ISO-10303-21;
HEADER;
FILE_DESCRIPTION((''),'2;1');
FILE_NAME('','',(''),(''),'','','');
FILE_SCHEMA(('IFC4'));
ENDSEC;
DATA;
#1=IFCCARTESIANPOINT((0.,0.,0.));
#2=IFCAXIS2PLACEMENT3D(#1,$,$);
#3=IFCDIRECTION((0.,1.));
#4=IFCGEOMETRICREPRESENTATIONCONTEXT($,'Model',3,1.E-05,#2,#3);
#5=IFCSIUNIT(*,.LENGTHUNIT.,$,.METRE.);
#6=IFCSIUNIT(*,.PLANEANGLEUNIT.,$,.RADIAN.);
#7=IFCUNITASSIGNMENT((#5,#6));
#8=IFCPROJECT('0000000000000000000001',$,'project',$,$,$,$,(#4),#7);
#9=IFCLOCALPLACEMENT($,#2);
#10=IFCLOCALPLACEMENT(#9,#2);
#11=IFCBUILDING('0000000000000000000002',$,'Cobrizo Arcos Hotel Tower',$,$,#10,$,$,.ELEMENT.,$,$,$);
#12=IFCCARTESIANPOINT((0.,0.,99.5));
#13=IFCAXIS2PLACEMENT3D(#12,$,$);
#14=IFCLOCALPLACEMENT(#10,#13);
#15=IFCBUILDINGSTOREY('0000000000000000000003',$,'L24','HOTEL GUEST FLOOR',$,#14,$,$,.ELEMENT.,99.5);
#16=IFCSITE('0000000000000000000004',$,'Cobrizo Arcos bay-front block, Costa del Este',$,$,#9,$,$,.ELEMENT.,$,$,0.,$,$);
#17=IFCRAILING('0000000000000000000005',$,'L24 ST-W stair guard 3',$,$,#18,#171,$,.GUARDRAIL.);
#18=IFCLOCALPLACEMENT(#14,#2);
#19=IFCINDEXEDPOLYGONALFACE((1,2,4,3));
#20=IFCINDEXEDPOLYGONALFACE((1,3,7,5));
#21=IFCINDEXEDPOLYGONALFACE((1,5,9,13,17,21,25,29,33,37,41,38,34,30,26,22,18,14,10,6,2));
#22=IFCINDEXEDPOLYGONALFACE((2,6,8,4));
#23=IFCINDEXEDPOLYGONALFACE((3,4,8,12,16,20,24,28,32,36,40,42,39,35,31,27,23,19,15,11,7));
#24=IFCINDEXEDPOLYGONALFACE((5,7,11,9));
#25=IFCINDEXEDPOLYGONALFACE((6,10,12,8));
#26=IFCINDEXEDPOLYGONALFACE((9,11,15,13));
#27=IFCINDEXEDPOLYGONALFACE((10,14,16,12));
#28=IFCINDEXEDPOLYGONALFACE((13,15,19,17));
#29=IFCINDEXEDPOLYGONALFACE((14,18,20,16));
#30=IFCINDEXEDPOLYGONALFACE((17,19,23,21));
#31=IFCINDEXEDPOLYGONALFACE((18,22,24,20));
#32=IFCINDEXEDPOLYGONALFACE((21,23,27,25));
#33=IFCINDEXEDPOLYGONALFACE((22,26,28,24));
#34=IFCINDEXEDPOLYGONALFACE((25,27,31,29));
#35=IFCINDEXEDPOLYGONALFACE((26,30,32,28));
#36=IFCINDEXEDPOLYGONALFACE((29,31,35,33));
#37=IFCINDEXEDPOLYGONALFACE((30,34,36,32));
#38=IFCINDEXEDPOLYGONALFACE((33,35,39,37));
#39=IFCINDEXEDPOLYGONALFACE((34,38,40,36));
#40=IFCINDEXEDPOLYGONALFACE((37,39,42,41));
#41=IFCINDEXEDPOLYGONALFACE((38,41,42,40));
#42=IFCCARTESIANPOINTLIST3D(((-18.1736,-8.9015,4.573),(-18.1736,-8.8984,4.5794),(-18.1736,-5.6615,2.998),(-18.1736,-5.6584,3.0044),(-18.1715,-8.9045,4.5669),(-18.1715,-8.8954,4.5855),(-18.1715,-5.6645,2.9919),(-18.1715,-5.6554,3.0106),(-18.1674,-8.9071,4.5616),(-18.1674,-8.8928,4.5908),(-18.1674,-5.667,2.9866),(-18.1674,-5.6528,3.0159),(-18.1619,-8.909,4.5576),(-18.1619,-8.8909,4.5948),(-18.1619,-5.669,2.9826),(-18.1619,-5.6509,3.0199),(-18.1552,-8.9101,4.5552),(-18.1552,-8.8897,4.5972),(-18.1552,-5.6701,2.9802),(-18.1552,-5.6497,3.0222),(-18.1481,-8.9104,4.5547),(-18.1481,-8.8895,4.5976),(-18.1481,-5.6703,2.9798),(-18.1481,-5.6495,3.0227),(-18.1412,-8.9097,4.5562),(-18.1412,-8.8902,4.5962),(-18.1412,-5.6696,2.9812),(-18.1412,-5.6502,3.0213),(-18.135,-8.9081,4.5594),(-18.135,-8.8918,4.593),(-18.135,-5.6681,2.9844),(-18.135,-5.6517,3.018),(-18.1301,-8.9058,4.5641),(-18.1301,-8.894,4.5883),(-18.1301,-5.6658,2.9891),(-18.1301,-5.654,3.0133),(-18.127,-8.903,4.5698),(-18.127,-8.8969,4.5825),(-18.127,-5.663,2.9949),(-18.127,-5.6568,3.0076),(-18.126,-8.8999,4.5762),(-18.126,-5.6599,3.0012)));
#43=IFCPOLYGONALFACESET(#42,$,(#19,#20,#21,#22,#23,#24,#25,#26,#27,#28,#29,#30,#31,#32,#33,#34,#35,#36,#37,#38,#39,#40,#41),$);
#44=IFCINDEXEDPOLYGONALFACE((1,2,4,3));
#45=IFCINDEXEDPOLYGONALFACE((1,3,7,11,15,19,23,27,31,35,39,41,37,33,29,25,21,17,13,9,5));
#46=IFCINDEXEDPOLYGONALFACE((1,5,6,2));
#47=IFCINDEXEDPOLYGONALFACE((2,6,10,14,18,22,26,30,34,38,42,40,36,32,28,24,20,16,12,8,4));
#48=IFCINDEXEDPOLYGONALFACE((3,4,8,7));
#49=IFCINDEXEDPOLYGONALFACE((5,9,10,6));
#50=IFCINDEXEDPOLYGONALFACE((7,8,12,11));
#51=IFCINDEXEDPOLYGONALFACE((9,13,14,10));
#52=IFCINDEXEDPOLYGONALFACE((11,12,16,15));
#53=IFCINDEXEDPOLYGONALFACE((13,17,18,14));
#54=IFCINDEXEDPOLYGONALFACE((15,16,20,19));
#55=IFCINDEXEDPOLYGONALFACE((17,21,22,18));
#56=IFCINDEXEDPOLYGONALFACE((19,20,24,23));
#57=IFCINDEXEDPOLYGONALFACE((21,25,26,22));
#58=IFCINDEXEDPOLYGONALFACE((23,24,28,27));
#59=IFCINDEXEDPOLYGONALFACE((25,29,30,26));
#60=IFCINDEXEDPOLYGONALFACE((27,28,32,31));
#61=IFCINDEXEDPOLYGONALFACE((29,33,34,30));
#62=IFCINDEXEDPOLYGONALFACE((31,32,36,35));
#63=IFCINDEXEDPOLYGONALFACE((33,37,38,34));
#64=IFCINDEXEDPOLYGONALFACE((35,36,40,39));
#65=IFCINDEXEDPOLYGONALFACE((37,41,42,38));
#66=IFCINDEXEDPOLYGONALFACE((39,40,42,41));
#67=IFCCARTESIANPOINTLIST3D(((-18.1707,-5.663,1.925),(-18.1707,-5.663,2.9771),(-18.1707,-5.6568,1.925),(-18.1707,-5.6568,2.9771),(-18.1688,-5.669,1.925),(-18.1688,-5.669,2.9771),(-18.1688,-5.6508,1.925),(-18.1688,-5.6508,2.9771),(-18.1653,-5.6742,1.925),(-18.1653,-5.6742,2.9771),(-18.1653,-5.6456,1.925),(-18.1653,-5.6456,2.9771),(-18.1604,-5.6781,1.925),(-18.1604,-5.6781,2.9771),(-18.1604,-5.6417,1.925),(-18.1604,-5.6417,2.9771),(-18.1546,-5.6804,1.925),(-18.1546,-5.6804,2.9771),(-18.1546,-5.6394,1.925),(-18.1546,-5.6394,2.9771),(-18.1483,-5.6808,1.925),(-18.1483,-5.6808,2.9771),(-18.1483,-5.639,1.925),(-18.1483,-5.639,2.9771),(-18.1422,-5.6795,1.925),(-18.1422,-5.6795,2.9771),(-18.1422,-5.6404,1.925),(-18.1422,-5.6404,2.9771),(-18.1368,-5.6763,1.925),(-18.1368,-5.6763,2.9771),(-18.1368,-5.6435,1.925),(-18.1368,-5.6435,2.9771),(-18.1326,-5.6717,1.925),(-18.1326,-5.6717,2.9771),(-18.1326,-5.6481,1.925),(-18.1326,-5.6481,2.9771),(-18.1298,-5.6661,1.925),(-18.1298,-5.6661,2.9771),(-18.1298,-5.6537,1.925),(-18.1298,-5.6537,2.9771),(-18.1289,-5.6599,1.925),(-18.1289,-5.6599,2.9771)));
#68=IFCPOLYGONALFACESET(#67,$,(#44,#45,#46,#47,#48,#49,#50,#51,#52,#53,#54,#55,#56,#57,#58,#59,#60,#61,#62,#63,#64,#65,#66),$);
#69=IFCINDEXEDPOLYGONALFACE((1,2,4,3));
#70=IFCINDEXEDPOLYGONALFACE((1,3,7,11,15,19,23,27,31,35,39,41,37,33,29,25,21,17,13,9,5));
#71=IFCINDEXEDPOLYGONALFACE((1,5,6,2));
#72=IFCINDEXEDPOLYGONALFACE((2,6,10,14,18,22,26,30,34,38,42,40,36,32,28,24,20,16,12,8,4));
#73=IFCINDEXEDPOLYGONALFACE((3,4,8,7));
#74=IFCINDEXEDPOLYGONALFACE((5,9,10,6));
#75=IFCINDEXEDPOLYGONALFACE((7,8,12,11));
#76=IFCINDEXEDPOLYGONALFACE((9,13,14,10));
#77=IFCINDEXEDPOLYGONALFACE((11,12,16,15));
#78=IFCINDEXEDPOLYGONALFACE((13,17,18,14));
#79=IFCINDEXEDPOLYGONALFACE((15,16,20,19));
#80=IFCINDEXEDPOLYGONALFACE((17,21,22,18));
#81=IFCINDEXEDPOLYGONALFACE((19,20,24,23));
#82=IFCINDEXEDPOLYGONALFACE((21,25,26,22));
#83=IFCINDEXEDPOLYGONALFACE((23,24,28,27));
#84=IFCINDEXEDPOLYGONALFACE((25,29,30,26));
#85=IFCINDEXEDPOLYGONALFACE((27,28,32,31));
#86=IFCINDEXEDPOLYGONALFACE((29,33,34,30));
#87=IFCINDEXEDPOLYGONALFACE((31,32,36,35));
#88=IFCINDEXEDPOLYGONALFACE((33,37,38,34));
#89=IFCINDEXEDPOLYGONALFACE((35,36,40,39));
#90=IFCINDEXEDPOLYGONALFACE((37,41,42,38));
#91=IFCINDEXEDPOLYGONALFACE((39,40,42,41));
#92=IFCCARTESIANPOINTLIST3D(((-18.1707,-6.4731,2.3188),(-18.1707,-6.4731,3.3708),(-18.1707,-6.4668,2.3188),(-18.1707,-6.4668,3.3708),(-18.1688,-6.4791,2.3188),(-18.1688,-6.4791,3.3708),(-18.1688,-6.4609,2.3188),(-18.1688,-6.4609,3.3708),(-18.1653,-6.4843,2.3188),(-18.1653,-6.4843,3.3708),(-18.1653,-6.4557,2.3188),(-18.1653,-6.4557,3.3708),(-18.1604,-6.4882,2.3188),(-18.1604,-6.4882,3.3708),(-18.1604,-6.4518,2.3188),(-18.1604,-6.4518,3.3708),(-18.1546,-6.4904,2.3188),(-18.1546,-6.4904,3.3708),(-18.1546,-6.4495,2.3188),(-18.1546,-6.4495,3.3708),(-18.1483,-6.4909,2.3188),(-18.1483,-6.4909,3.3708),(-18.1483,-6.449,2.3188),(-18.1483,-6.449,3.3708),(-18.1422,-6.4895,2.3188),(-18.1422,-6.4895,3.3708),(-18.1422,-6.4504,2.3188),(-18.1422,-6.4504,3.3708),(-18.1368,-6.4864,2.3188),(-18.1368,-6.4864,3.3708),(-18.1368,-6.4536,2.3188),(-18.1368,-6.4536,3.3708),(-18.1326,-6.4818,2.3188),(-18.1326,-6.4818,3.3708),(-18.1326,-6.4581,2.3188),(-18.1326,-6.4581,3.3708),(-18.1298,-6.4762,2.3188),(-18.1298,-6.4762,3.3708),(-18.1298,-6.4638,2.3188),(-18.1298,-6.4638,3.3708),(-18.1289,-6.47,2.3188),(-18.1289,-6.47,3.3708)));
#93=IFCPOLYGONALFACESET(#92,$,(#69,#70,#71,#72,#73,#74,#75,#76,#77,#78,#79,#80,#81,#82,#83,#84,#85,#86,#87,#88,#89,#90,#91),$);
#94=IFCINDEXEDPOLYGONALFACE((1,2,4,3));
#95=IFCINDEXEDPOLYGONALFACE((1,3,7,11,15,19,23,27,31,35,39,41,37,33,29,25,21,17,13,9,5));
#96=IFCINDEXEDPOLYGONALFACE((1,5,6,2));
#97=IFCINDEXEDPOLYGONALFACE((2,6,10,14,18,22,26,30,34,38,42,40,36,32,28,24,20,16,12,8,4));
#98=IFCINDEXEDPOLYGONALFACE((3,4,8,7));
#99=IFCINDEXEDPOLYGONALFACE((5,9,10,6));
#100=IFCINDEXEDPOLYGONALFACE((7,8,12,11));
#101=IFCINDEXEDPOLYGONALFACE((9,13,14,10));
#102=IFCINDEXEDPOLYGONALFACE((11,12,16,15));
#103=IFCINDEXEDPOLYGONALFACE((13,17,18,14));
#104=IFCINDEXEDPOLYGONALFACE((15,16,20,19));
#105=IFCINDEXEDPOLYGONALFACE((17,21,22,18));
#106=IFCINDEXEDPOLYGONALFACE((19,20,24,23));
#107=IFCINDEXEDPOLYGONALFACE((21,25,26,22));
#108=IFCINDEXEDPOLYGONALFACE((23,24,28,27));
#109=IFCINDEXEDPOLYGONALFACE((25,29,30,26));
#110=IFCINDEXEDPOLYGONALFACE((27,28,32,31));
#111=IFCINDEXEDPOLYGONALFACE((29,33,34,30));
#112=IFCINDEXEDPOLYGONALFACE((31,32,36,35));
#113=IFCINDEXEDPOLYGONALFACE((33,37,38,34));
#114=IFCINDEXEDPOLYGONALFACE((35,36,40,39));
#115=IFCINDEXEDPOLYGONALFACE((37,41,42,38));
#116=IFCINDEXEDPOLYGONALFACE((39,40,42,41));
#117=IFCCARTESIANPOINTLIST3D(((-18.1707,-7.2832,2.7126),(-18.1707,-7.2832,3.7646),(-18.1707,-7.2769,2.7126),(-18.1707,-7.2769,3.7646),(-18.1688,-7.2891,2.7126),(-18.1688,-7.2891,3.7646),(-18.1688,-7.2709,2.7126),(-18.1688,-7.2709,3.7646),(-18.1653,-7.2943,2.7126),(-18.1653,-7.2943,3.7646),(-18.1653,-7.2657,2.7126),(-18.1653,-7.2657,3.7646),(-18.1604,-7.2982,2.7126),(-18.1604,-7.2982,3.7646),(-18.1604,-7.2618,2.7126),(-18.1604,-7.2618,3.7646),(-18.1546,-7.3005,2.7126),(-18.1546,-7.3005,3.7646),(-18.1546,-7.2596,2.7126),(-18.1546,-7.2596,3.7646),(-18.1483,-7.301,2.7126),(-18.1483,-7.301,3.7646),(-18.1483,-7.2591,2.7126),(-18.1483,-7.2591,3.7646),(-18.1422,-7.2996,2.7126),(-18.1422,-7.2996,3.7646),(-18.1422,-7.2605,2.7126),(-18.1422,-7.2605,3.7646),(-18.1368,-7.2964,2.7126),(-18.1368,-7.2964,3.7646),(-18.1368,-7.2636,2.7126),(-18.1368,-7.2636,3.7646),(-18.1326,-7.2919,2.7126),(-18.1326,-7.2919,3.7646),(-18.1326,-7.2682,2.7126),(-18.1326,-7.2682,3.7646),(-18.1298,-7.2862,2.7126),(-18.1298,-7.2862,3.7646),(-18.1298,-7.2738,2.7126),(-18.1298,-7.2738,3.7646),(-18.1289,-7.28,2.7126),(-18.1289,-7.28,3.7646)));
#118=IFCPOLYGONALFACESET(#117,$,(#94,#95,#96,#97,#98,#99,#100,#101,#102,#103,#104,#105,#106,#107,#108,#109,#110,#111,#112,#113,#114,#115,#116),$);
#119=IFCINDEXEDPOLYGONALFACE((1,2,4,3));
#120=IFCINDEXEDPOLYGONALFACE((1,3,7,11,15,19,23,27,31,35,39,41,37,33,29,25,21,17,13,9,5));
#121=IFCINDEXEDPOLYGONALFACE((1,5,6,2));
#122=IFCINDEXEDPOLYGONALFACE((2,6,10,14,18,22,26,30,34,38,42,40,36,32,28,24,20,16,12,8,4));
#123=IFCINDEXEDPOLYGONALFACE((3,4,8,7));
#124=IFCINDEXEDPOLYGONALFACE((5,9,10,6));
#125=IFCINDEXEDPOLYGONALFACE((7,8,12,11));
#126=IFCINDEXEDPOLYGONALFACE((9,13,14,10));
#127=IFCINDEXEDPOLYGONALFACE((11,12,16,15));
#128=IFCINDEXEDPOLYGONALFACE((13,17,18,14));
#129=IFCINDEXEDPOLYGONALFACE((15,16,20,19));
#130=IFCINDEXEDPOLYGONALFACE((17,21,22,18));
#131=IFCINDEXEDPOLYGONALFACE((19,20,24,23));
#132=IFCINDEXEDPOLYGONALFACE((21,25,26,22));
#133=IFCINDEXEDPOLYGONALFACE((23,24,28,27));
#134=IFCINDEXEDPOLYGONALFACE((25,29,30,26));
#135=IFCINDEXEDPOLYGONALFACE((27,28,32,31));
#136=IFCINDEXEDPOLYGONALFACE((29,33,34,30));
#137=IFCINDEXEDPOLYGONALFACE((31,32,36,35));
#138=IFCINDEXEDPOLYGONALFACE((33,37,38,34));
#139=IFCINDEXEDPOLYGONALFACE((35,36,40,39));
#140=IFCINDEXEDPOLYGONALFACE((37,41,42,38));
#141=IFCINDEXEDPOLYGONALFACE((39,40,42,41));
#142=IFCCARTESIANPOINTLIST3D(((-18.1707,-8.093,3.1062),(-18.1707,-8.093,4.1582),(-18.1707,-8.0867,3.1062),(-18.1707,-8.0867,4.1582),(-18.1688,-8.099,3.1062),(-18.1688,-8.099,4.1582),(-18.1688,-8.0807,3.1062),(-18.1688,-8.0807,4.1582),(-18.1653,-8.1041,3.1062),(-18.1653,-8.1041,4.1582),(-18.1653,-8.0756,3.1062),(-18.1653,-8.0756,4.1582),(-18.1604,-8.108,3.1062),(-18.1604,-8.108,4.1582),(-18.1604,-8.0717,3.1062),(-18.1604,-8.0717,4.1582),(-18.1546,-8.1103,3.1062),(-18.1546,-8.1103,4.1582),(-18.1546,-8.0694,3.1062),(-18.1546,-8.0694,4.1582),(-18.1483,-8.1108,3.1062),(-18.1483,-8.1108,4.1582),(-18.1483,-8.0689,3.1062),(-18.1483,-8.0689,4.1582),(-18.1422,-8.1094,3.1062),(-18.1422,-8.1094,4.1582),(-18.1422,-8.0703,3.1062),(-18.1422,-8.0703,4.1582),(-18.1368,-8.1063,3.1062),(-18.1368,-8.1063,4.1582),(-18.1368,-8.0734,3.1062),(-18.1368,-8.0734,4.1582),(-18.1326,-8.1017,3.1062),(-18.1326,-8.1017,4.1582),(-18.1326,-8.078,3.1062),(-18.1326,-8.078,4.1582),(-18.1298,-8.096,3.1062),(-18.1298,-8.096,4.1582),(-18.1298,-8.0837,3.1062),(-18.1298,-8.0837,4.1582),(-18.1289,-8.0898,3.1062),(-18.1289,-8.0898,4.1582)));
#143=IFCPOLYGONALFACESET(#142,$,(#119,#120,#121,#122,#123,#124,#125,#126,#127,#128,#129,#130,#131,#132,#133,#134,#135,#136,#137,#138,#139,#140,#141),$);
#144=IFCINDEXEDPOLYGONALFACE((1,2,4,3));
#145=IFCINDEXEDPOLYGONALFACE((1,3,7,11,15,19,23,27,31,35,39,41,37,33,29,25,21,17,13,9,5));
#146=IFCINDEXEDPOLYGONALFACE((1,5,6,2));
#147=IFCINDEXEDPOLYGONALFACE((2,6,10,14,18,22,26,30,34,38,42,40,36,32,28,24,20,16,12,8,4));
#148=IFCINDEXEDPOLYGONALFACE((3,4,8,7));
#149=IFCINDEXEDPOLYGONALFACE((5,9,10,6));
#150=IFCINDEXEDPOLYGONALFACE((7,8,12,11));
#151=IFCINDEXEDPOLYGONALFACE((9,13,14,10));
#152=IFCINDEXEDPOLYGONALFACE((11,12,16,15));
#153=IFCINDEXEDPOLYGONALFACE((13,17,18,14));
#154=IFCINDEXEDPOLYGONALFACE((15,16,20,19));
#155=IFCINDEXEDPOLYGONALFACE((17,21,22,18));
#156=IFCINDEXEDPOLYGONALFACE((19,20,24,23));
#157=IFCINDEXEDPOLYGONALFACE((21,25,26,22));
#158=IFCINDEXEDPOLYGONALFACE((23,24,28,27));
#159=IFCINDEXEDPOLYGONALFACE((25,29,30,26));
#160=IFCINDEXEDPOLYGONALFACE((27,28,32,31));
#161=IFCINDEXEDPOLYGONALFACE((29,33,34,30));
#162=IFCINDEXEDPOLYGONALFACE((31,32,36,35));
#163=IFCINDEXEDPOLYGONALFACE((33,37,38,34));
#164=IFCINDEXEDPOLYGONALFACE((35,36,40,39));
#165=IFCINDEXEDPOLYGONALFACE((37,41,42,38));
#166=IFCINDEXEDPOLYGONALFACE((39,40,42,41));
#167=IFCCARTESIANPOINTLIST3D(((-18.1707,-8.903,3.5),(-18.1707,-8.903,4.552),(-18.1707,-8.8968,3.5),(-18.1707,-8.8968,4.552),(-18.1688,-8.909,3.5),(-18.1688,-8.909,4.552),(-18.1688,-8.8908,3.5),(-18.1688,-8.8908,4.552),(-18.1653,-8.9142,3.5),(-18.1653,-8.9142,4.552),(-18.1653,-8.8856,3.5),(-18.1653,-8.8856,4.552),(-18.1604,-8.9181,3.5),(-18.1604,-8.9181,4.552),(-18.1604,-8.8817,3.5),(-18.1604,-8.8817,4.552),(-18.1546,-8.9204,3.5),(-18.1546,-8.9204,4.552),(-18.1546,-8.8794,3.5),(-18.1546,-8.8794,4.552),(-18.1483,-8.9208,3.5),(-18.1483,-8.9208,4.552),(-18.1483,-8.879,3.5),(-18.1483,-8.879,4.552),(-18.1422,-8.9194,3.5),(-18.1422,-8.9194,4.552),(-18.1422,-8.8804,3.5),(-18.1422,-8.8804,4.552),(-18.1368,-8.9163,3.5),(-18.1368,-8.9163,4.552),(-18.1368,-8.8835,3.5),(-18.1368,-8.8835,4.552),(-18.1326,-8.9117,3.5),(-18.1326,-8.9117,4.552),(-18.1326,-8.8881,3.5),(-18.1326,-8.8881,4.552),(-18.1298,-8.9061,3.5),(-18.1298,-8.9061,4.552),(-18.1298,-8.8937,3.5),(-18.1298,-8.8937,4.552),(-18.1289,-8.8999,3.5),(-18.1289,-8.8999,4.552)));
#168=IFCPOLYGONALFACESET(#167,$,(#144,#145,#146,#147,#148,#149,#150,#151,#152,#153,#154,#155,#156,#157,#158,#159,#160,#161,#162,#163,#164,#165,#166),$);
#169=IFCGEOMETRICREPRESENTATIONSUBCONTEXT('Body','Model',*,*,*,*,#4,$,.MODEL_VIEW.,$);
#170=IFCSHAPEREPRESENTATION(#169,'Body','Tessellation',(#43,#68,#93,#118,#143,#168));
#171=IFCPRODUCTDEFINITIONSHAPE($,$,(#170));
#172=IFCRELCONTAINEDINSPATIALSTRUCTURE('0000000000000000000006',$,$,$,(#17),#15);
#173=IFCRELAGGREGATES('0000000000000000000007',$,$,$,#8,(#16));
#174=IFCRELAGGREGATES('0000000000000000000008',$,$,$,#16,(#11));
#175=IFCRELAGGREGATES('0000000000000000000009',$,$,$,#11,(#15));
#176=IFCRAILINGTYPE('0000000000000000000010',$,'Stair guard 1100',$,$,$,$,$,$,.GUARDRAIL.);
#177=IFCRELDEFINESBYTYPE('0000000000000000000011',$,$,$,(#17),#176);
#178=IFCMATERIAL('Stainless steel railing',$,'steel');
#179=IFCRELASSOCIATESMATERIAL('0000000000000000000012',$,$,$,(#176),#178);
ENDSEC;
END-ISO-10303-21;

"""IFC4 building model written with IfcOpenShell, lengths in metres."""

from ifc_helpers import new_model, si_unit, direction, frame, origin, origin_2d, place, context, subcontext, project, spatial, circle, extrude, material, type_object, element, save


model = new_model("IFC4")

# Units and contexts
model_context = context("Model", 3, precision=1e-05, world=origin(), true_north=direction((0.0, 1.0)))
body_context = subcontext(model_context, "Body", "Model", "MODEL_VIEW")
ifc_project = project(units=[si_unit("LENGTHUNIT", "METRE"), si_unit("PLANEANGLEUNIT", "RADIAN")], contexts=[model_context])

# Site, building, storey
site_placement = place(None, origin())
site = spatial("IfcSite", under=ifc_project, at=site_placement, Name="Cobrizo Arcos bay-front block, Costa del Este", CompositionType="ELEMENT", RefElevation=0.0)
building_placement = place(site_placement, origin())
building = spatial("IfcBuilding", under=site, at=building_placement, Name="Cobrizo Arcos Hotel Tower", CompositionType="ELEMENT")
storey_placement = place(building_placement, frame((0.0, 0.0, 99.5)))
storey = spatial("IfcBuildingStorey", under=building, at=storey_placement, Name="L24", Description="HOTEL GUEST FLOOR", CompositionType="ELEMENT", Elevation=99.5)

# Railing
ifc_material_1 = material(Name="Stainless steel railing", Category="steel")
railing_type_1 = type_object("IfcRailingType", Name="Stair guard 1100", PredefinedType="GUARDRAIL", material=ifc_material_1)
railing_1_placement = place(storey_placement, frame((-18.1499, -5.6599, 1.925)))
element("IfcRailing", 1, at=railing_1_placement, inside=storey, type_object=railing_type_1, Name="L24 ST-W stair guard 3", PredefinedType="GUARDRAIL", context=body_context, shape_type="SweptSolid", body=[
    extrude(circle(Radius=0.0239, at=origin_2d()), frame((0.0, 0.0, 1.0762), z_axis=(0.0, -0.899373, 0.437183), x_axis=(1.0, 0.0, 0.0)), (0.0, 0.0, 1.0), 3.6025),
    extrude(circle(Radius=0.021, at=origin_2d()), origin(), (0.0, 0.0, 1.0), 1.052),
    extrude(circle(Radius=0.021, at=origin_2d()), frame((0.0, -0.8101, 0.3938)), (0.0, 0.0, 1.0), 1.052),
    extrude(circle(Radius=0.021, at=origin_2d()), frame((0.0, -1.6201, 0.7876)), (0.0, 0.0, 1.0), 1.052),
    extrude(circle(Radius=0.021, at=origin_2d()), frame((0.0, -2.4299, 1.1812)), (0.0, 0.0, 1.0), 1.052),
    extrude(circle(Radius=0.021, at=origin_2d()), frame((0.0, -3.24, 1.575)), (0.0, 0.0, 1.0), 1.052),
])

save(model, "model.ifc")
